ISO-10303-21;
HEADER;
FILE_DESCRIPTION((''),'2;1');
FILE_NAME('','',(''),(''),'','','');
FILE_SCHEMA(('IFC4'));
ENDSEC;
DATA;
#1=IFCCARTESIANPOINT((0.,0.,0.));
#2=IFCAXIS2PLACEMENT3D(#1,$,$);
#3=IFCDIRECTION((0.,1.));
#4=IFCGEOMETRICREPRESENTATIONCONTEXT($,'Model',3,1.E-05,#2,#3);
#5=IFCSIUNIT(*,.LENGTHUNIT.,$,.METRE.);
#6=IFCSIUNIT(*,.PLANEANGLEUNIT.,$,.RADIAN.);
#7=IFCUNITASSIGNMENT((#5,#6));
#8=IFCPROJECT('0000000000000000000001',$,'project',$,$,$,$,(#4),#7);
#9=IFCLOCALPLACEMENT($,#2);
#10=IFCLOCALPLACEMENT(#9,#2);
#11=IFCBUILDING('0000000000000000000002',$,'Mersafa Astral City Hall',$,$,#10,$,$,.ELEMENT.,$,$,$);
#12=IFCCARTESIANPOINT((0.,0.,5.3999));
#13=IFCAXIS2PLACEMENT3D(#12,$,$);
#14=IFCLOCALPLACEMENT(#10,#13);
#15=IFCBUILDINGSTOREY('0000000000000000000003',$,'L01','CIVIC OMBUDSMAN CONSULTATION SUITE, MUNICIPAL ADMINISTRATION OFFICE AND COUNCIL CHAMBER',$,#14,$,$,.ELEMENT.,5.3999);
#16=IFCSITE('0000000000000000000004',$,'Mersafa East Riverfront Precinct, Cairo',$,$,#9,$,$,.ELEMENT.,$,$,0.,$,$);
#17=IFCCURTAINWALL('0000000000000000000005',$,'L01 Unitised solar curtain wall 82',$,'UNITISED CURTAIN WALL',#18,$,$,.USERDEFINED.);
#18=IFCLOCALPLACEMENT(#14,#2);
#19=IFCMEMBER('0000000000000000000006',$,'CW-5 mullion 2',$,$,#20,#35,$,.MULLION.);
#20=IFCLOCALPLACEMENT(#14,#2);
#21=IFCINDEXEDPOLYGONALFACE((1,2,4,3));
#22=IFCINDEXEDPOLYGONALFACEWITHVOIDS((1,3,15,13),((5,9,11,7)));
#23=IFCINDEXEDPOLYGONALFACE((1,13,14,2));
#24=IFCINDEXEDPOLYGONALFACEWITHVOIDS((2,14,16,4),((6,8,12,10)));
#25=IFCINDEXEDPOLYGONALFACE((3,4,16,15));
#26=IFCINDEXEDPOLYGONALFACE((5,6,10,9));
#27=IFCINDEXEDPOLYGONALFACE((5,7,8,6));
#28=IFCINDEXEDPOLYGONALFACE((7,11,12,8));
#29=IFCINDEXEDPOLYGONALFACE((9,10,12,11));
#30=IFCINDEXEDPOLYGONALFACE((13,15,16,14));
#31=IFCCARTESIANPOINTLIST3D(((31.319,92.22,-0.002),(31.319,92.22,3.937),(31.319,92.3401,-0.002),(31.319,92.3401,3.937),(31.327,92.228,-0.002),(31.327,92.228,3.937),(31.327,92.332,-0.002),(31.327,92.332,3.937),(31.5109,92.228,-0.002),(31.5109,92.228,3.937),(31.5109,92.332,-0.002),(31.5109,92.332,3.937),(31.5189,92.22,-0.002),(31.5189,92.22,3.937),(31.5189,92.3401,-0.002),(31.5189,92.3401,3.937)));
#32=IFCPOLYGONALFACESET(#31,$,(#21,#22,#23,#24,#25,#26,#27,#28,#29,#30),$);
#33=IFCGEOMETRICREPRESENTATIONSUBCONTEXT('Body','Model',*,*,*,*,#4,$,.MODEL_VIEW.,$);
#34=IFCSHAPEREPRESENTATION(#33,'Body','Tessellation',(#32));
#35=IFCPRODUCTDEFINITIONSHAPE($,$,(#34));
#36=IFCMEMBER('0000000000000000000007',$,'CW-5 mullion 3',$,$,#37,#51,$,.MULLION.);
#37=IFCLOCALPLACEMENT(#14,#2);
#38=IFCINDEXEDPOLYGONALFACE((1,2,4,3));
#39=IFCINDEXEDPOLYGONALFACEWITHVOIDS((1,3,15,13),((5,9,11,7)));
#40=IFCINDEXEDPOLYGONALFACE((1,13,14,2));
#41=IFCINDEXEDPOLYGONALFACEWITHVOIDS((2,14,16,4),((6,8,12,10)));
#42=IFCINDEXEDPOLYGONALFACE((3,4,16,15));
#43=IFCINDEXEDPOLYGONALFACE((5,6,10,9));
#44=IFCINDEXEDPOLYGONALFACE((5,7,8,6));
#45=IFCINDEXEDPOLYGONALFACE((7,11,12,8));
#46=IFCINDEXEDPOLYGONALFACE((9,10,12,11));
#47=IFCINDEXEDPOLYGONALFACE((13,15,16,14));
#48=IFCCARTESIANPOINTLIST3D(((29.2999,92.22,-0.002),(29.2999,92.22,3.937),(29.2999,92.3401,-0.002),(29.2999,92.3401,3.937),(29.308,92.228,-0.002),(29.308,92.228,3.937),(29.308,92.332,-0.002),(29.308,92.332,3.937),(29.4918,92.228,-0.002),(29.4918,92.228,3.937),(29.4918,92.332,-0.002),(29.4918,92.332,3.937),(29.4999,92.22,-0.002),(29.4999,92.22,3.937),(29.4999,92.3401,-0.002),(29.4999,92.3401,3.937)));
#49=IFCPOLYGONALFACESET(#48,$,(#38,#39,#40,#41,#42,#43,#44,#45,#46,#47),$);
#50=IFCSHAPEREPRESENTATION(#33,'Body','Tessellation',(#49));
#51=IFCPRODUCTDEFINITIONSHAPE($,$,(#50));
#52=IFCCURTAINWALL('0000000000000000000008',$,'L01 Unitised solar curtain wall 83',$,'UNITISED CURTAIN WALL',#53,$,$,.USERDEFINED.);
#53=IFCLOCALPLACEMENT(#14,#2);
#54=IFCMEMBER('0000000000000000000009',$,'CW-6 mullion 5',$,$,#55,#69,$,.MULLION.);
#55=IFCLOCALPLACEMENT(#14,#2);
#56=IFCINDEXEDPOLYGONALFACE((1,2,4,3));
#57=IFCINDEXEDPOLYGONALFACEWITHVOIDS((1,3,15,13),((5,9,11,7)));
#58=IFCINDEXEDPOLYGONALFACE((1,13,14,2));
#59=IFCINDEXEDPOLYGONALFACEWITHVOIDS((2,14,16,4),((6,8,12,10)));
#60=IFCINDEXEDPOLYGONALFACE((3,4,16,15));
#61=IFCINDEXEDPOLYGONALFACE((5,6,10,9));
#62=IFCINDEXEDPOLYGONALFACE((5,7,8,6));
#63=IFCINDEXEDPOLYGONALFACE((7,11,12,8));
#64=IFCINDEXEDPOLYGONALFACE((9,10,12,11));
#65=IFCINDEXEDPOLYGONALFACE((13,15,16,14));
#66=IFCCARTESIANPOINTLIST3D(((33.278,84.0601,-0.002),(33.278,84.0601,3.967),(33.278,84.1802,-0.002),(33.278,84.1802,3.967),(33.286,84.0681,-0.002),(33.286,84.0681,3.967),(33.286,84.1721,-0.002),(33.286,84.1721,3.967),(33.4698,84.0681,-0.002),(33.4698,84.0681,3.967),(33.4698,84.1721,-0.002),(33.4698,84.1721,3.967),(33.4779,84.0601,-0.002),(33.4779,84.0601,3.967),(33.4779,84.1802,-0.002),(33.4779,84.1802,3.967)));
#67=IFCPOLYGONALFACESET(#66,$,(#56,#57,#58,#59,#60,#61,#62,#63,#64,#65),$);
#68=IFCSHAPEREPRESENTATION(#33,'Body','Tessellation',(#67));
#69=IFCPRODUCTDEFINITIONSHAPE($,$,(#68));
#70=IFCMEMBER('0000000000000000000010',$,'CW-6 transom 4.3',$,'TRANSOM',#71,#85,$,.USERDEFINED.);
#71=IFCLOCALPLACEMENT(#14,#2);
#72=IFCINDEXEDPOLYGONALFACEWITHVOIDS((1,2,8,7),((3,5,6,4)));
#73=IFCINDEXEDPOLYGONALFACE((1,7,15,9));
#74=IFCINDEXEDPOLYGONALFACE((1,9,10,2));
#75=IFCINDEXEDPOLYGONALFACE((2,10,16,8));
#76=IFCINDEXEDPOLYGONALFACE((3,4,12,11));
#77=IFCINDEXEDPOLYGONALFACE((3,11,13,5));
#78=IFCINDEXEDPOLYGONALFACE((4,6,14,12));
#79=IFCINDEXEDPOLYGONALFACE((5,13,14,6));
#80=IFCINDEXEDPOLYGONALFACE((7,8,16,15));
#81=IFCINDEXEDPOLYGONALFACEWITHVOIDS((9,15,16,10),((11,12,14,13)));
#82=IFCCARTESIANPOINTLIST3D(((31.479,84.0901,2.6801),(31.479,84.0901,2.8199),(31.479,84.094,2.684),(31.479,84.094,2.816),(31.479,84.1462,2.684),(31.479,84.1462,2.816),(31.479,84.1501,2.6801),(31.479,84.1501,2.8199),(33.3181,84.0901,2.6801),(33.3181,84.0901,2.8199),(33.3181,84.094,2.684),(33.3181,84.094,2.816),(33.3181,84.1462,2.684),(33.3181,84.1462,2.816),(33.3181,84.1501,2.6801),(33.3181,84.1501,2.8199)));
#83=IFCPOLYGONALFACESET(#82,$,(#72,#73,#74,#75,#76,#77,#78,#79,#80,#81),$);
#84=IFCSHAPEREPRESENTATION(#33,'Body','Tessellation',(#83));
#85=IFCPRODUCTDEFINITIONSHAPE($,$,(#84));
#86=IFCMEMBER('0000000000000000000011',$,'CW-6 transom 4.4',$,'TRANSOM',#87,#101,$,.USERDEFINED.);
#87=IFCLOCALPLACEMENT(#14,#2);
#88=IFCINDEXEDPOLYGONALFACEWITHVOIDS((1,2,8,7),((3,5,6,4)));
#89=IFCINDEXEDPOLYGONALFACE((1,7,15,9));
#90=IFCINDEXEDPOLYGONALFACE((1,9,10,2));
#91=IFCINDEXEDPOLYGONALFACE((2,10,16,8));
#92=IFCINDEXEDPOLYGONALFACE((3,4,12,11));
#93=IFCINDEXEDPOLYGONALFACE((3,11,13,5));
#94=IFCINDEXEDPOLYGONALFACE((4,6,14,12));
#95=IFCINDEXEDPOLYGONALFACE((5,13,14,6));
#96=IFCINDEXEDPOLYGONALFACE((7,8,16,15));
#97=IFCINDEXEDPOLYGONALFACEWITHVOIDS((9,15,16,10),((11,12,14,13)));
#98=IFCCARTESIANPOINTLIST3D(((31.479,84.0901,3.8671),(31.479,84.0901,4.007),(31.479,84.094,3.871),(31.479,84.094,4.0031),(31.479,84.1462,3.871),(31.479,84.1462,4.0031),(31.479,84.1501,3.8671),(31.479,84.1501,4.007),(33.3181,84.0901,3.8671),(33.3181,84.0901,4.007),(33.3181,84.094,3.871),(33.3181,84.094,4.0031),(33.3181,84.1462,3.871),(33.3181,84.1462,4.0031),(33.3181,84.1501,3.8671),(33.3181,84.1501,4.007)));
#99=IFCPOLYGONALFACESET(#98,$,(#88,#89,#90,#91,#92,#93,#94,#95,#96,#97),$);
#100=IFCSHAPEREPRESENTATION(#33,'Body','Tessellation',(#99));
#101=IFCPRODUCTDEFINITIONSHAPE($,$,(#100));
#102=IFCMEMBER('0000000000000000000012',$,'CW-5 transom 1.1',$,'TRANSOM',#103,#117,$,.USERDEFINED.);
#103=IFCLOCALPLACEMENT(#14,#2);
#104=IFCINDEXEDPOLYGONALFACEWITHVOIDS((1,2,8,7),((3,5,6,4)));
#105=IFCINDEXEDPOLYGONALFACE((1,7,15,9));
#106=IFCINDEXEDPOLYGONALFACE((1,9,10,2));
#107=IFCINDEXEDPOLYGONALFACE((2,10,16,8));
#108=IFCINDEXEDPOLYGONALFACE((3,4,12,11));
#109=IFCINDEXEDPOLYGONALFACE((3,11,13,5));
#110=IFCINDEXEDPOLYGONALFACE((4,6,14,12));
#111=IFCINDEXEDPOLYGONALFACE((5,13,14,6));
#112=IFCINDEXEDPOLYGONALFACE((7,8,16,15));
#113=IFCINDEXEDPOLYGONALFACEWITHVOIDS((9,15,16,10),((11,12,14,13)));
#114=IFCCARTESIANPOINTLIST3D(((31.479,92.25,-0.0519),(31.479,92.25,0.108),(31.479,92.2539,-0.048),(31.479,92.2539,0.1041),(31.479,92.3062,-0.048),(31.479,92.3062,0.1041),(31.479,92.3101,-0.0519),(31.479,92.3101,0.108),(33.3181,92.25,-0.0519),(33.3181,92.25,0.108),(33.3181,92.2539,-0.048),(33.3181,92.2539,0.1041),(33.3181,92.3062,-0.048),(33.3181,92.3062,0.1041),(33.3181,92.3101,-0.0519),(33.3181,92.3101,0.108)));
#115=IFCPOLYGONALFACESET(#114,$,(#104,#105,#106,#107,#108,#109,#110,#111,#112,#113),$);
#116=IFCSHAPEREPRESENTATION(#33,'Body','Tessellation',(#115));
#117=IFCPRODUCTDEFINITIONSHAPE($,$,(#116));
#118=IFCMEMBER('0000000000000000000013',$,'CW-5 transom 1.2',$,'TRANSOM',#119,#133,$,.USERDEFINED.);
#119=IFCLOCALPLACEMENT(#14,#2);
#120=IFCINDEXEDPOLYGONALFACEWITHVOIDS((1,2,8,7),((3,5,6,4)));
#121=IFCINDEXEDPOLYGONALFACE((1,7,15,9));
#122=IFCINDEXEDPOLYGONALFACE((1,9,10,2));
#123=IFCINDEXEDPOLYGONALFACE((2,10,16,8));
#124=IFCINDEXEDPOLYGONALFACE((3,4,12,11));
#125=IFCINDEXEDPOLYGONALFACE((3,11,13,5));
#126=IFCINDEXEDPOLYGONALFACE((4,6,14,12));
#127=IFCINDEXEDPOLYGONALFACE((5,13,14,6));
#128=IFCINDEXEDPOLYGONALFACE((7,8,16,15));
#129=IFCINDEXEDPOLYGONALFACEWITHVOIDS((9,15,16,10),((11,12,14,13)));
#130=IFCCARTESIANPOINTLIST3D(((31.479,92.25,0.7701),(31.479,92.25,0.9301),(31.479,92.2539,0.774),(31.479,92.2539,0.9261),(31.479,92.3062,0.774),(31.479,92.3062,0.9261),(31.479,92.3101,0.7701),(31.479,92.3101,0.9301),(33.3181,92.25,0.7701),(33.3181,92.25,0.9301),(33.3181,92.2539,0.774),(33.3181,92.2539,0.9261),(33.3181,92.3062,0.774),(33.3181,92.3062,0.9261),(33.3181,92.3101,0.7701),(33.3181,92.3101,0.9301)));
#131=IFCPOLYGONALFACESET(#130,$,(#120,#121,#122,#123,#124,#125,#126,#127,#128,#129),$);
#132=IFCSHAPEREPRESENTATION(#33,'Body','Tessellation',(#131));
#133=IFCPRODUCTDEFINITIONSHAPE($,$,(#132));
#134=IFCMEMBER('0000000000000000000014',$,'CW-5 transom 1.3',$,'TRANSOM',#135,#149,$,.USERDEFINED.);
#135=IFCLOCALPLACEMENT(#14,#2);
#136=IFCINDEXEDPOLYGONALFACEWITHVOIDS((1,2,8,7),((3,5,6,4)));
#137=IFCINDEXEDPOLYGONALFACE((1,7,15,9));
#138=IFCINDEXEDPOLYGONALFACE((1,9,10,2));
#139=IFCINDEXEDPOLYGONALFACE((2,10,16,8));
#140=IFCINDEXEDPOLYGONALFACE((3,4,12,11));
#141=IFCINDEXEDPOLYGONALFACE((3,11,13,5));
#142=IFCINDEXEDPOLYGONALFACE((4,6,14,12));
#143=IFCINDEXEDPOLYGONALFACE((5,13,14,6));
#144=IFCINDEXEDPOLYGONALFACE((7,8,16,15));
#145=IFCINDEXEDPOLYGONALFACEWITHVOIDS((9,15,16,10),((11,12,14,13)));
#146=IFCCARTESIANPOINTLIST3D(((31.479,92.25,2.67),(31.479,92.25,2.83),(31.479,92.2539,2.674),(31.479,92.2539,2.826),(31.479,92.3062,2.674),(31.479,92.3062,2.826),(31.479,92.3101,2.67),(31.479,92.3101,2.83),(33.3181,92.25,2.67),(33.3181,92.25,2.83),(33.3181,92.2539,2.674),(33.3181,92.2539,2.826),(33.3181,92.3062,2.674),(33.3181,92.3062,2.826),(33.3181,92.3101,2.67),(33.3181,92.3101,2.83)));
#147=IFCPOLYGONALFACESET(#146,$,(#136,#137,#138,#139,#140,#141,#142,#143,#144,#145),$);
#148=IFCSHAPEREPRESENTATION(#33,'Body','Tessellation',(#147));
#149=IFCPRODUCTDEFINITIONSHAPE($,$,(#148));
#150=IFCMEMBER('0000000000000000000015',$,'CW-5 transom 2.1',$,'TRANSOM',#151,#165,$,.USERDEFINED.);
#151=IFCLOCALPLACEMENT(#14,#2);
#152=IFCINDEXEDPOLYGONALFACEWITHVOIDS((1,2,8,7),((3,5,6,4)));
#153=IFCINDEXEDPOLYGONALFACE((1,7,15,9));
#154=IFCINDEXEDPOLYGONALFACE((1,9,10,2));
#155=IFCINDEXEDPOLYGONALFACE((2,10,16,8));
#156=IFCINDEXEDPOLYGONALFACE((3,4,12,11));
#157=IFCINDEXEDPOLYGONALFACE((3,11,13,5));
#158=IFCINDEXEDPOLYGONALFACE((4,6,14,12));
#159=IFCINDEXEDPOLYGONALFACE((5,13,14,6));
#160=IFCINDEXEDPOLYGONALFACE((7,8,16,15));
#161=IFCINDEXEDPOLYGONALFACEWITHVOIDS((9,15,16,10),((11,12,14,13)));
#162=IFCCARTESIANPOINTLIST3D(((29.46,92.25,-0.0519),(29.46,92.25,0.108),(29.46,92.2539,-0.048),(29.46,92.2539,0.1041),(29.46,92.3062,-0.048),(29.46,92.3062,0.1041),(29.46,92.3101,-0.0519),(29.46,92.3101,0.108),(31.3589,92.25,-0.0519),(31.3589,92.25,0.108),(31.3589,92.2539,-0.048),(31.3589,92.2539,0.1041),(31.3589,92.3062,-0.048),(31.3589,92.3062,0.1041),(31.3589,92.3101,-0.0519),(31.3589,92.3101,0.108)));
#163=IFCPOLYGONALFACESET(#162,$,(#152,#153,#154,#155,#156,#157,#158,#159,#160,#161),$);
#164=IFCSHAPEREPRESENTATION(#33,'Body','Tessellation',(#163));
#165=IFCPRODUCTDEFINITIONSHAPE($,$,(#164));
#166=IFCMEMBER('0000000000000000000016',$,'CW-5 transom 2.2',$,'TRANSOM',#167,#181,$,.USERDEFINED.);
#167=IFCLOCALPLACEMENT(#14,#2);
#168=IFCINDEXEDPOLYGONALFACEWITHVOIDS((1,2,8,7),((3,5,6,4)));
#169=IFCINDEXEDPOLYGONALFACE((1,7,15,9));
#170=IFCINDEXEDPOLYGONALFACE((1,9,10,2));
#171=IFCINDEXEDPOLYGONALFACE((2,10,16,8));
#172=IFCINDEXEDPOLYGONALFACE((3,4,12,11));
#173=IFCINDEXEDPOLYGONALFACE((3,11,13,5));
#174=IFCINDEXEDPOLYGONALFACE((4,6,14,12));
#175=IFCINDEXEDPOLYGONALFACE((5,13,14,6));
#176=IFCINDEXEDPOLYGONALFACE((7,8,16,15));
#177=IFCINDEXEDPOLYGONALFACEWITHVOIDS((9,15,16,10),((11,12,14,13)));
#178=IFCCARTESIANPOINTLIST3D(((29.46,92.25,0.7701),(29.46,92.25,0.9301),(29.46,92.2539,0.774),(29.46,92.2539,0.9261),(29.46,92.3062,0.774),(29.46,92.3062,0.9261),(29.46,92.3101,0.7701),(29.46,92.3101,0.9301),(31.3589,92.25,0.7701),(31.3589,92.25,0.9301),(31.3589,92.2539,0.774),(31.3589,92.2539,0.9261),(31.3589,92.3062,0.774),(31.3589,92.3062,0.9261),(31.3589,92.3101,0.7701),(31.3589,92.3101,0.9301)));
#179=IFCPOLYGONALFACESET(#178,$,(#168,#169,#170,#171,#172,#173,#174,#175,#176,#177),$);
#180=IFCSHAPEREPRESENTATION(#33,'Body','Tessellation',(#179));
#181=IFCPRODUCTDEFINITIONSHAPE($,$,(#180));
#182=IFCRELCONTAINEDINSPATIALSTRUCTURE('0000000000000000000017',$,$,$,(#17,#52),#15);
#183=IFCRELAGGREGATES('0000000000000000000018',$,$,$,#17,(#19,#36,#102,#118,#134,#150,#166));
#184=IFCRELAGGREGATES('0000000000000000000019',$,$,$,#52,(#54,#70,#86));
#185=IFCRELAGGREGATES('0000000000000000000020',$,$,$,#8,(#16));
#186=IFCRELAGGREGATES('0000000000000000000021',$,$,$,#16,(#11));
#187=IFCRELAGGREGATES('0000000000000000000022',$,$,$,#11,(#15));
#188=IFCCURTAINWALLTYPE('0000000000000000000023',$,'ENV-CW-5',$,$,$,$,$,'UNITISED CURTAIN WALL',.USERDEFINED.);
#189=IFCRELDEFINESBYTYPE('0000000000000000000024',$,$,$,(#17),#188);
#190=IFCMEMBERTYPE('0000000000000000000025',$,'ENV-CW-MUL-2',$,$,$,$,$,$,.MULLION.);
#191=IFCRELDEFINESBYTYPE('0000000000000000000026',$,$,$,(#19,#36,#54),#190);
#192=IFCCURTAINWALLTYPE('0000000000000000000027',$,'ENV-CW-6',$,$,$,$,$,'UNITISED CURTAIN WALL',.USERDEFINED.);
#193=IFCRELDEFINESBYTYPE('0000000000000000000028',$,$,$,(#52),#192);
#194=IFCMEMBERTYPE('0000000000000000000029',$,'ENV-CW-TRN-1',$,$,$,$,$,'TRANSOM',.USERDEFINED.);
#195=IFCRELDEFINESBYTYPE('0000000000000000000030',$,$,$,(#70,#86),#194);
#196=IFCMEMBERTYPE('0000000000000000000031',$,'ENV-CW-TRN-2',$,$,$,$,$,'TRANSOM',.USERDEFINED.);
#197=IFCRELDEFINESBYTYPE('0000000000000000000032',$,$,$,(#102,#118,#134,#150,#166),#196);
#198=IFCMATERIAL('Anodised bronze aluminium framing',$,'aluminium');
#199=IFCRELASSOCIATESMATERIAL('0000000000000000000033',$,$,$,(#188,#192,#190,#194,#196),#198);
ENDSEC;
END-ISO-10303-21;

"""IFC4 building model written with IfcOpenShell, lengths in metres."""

from ifc_helpers import new_model, si_unit, direction, frame, origin, origin_2d, place, context, subcontext, project, spatial, hollow_rectangle, extrude, material, material_profile, profile_set, type_object, element, aggregate, save


model = new_model("IFC4")

# Units and contexts
model_context = context("Model", 3, precision=1e-05, world=origin(), true_north=direction((0.0, 1.0)))
body_context = subcontext(model_context, "Body", "Model", "MODEL_VIEW")
ifc_project = project(units=[si_unit("LENGTHUNIT", "METRE"), si_unit("PLANEANGLEUNIT", "RADIAN")], contexts=[model_context])

# Site, building, storey
site_placement = place(None, origin())
site = spatial("IfcSite", under=ifc_project, at=site_placement, Name="Mersafa East Riverfront Precinct, Cairo", CompositionType="ELEMENT", RefElevation=0.0)
building_placement = place(site_placement, origin())
building = spatial("IfcBuilding", under=site, at=building_placement, Name="Mersafa Astral City Hall", CompositionType="ELEMENT")
storey_placement = place(building_placement, frame((0.0, 0.0, 5.3999)))
storey = spatial("IfcBuildingStorey", under=building, at=storey_placement, Name="L01", Description="CIVIC OMBUDSMAN CONSULTATION SUITE, MUNICIPAL ADMINISTRATION OFFICE AND COUNCIL CHAMBER", CompositionType="ELEMENT", Elevation=5.3999)

# Curtain walls, members
ifc_material_1 = material(Name="Anodised bronze aluminium framing", Category="aluminium")
curtain_wall_type_1 = type_object("IfcCurtainWallType", Name="ENV-CW-5", ElementType="UNITISED CURTAIN WALL", PredefinedType="USERDEFINED", material=ifc_material_1)
curtain_wall_1_placement = place(storey_placement, origin())
curtain_wall_1 = element("IfcCurtainWall", 1, at=curtain_wall_1_placement, inside=storey, type_object=curtain_wall_type_1, Name="L01 Unitised solar curtain wall 82", ObjectType="UNITISED CURTAIN WALL", PredefinedType="USERDEFINED")
ifc_material_profile_1 = material_profile(ifc_material_1, hollow_rectangle(XDim=0.1201, YDim=0.2, WallThickness=0.0081, at=origin_2d()), Name="RHS 120x200x8")
ifc_profile_set_1 = profile_set([ifc_material_profile_1], Name="Anodised bronze aluminium framing")
member_type_1 = type_object("IfcMemberType", Name="ENV-CW-MUL-2", PredefinedType="MULLION", material=ifc_profile_set_1)
member_1_placement = place(storey_placement, frame((31.4189, 92.28, -0.002), z_axis=(0.0, 0.0, 1.0), x_axis=(0.0, -1.0, 0.0)))
member_1 = element("IfcMember", 2, at=member_1_placement, type_object=member_type_1, Name="CW-5 mullion 2", PredefinedType="MULLION", context=body_context, shape_type="SweptSolid", body=[
    extrude(hollow_rectangle(XDim=0.1201, YDim=0.2, WallThickness=0.0081, at=origin_2d()), origin(), (0.0, 0.0, 1.0), 3.939),
])
member_2_placement = place(storey_placement, frame((29.3999, 92.28, -0.002), z_axis=(0.0, 0.0, 1.0), x_axis=(0.0, -1.0, 0.0)))
member_2 = element("IfcMember", 3, at=member_2_placement, type_object=member_type_1, Name="CW-5 mullion 3", PredefinedType="MULLION", context=body_context, shape_type="SweptSolid", body=[
    extrude(hollow_rectangle(XDim=0.1201, YDim=0.2, WallThickness=0.0081, at=origin_2d()), origin(), (0.0, 0.0, 1.0), 3.939),
])
curtain_wall_type_2 = type_object("IfcCurtainWallType", Name="ENV-CW-6", ElementType="UNITISED CURTAIN WALL", PredefinedType="USERDEFINED", material=ifc_material_1)
curtain_wall_2_placement = place(storey_placement, origin())
curtain_wall_2 = element("IfcCurtainWall", 4, at=curtain_wall_2_placement, inside=storey, type_object=curtain_wall_type_2, Name="L01 Unitised solar curtain wall 83", ObjectType="UNITISED CURTAIN WALL", PredefinedType="USERDEFINED")
member_3_placement = place(storey_placement, frame((33.3779, 84.1201, -0.002), z_axis=(0.0, 0.0, 1.0), x_axis=(0.0, 1.0, 0.0)))
member_3 = element("IfcMember", 5, at=member_3_placement, type_object=member_type_1, Name="CW-6 mullion 5", PredefinedType="MULLION", context=body_context, shape_type="SweptSolid", body=[
    extrude(hollow_rectangle(XDim=0.1201, YDim=0.2, WallThickness=0.0081, at=origin_2d()), origin(), (0.0, 0.0, 1.0), 3.969),
])
ifc_material_profile_2 = material_profile(ifc_material_1, hollow_rectangle(XDim=0.0601, YDim=0.1399, WallThickness=0.0039, at=origin_2d()), Name="RHS 60x140x4")
ifc_profile_set_2 = profile_set([ifc_material_profile_2], Name="Anodised bronze aluminium framing")
member_type_2 = type_object("IfcMemberType", Name="ENV-CW-TRN-1", ElementType="TRANSOM", PredefinedType="USERDEFINED", material=ifc_profile_set_2)
member_4_placement = place(storey_placement, frame((31.479, 84.1201, 2.75), z_axis=(1.0, 0.0, 0.0), x_axis=(0.0, 1.0, 0.0)))
member_4 = element("IfcMember", 6, at=member_4_placement, type_object=member_type_2, Name="CW-6 transom 4.3", ObjectType="TRANSOM", PredefinedType="USERDEFINED", context=body_context, shape_type="SweptSolid", body=[
    extrude(hollow_rectangle(XDim=0.0601, YDim=0.1399, WallThickness=0.0039, at=origin_2d()), origin(), (0.0, 0.0, 1.0), 1.8391),
])
member_5_placement = place(storey_placement, frame((31.479, 84.1201, 3.937), z_axis=(1.0, 0.0, 0.0), x_axis=(0.0, 1.0, 0.0)))
member_5 = element("IfcMember", 7, at=member_5_placement, type_object=member_type_2, Name="CW-6 transom 4.4", ObjectType="TRANSOM", PredefinedType="USERDEFINED", context=body_context, shape_type="SweptSolid", body=[
    extrude(hollow_rectangle(XDim=0.0601, YDim=0.1399, WallThickness=0.0039, at=origin_2d()), origin(), (0.0, 0.0, 1.0), 1.8391),
])

# Members
ifc_material_profile_3 = material_profile(ifc_material_1, hollow_rectangle(XDim=0.0601, YDim=0.1599, WallThickness=0.0039, at=origin_2d()), Name="RHS 60x160x4")
ifc_profile_set_3 = profile_set([ifc_material_profile_3], Name="Anodised bronze aluminium framing")
member_type_3 = type_object("IfcMemberType", Name="ENV-CW-TRN-2", ElementType="TRANSOM", PredefinedType="USERDEFINED", material=ifc_profile_set_3)
member_6_placement = place(storey_placement, frame((33.3181, 92.28, 0.0281), z_axis=(-1.0, 0.0, 0.0), x_axis=(0.0, -1.0, 0.0)))
member_6 = element("IfcMember", 8, at=member_6_placement, type_object=member_type_3, Name="CW-5 transom 1.1", ObjectType="TRANSOM", PredefinedType="USERDEFINED", context=body_context, shape_type="SweptSolid", body=[
    extrude(hollow_rectangle(XDim=0.0601, YDim=0.1599, WallThickness=0.0039, at=origin_2d()), origin(), (0.0, 0.0, 1.0), 1.8391),
])
member_7_placement = place(storey_placement, frame((33.3181, 92.28, 0.8501), z_axis=(-1.0, 0.0, 0.0), x_axis=(0.0, -1.0, 0.0)))
member_7 = element("IfcMember", 9, at=member_7_placement, type_object=member_type_3, Name="CW-5 transom 1.2", ObjectType="TRANSOM", PredefinedType="USERDEFINED", context=body_context, shape_type="SweptSolid", body=[
    extrude(hollow_rectangle(XDim=0.0601, YDim=0.1599, WallThickness=0.0039, at=origin_2d()), origin(), (0.0, 0.0, 1.0), 1.8391),
])
member_8_placement = place(storey_placement, frame((33.3181, 92.28, 2.75), z_axis=(-1.0, 0.0, 0.0), x_axis=(0.0, -1.0, 0.0)))
member_8 = element("IfcMember", 10, at=member_8_placement, type_object=member_type_3, Name="CW-5 transom 1.3", ObjectType="TRANSOM", PredefinedType="USERDEFINED", context=body_context, shape_type="SweptSolid", body=[
    extrude(hollow_rectangle(XDim=0.0601, YDim=0.1599, WallThickness=0.0039, at=origin_2d()), origin(), (0.0, 0.0, 1.0), 1.8391),
])
member_9_placement = place(storey_placement, frame((31.3589, 92.28, 0.0281), z_axis=(-1.0, 0.0, 0.0), x_axis=(0.0, -1.0, 0.0)))
member_9 = element("IfcMember", 11, at=member_9_placement, type_object=member_type_3, Name="CW-5 transom 2.1", ObjectType="TRANSOM", PredefinedType="USERDEFINED", context=body_context, shape_type="SweptSolid", body=[
    extrude(hollow_rectangle(XDim=0.0601, YDim=0.1599, WallThickness=0.0039, at=origin_2d()), origin(), (0.0, 0.0, 1.0), 1.8989),
])
member_10_placement = place(storey_placement, frame((31.3589, 92.28, 0.8501), z_axis=(-1.0, 0.0, 0.0), x_axis=(0.0, -1.0, 0.0)))
member_10 = element("IfcMember", 12, at=member_10_placement, type_object=member_type_3, Name="CW-5 transom 2.2", ObjectType="TRANSOM", PredefinedType="USERDEFINED", context=body_context, shape_type="SweptSolid", body=[
    extrude(hollow_rectangle(XDim=0.0601, YDim=0.1599, WallThickness=0.0039, at=origin_2d()), origin(), (0.0, 0.0, 1.0), 1.8989),
])

aggregate(curtain_wall_1, [member_1, member_2, member_6, member_7, member_8, member_9, member_10])
aggregate(curtain_wall_2, [member_3, member_4, member_5])

save(model, "model.ifc")
